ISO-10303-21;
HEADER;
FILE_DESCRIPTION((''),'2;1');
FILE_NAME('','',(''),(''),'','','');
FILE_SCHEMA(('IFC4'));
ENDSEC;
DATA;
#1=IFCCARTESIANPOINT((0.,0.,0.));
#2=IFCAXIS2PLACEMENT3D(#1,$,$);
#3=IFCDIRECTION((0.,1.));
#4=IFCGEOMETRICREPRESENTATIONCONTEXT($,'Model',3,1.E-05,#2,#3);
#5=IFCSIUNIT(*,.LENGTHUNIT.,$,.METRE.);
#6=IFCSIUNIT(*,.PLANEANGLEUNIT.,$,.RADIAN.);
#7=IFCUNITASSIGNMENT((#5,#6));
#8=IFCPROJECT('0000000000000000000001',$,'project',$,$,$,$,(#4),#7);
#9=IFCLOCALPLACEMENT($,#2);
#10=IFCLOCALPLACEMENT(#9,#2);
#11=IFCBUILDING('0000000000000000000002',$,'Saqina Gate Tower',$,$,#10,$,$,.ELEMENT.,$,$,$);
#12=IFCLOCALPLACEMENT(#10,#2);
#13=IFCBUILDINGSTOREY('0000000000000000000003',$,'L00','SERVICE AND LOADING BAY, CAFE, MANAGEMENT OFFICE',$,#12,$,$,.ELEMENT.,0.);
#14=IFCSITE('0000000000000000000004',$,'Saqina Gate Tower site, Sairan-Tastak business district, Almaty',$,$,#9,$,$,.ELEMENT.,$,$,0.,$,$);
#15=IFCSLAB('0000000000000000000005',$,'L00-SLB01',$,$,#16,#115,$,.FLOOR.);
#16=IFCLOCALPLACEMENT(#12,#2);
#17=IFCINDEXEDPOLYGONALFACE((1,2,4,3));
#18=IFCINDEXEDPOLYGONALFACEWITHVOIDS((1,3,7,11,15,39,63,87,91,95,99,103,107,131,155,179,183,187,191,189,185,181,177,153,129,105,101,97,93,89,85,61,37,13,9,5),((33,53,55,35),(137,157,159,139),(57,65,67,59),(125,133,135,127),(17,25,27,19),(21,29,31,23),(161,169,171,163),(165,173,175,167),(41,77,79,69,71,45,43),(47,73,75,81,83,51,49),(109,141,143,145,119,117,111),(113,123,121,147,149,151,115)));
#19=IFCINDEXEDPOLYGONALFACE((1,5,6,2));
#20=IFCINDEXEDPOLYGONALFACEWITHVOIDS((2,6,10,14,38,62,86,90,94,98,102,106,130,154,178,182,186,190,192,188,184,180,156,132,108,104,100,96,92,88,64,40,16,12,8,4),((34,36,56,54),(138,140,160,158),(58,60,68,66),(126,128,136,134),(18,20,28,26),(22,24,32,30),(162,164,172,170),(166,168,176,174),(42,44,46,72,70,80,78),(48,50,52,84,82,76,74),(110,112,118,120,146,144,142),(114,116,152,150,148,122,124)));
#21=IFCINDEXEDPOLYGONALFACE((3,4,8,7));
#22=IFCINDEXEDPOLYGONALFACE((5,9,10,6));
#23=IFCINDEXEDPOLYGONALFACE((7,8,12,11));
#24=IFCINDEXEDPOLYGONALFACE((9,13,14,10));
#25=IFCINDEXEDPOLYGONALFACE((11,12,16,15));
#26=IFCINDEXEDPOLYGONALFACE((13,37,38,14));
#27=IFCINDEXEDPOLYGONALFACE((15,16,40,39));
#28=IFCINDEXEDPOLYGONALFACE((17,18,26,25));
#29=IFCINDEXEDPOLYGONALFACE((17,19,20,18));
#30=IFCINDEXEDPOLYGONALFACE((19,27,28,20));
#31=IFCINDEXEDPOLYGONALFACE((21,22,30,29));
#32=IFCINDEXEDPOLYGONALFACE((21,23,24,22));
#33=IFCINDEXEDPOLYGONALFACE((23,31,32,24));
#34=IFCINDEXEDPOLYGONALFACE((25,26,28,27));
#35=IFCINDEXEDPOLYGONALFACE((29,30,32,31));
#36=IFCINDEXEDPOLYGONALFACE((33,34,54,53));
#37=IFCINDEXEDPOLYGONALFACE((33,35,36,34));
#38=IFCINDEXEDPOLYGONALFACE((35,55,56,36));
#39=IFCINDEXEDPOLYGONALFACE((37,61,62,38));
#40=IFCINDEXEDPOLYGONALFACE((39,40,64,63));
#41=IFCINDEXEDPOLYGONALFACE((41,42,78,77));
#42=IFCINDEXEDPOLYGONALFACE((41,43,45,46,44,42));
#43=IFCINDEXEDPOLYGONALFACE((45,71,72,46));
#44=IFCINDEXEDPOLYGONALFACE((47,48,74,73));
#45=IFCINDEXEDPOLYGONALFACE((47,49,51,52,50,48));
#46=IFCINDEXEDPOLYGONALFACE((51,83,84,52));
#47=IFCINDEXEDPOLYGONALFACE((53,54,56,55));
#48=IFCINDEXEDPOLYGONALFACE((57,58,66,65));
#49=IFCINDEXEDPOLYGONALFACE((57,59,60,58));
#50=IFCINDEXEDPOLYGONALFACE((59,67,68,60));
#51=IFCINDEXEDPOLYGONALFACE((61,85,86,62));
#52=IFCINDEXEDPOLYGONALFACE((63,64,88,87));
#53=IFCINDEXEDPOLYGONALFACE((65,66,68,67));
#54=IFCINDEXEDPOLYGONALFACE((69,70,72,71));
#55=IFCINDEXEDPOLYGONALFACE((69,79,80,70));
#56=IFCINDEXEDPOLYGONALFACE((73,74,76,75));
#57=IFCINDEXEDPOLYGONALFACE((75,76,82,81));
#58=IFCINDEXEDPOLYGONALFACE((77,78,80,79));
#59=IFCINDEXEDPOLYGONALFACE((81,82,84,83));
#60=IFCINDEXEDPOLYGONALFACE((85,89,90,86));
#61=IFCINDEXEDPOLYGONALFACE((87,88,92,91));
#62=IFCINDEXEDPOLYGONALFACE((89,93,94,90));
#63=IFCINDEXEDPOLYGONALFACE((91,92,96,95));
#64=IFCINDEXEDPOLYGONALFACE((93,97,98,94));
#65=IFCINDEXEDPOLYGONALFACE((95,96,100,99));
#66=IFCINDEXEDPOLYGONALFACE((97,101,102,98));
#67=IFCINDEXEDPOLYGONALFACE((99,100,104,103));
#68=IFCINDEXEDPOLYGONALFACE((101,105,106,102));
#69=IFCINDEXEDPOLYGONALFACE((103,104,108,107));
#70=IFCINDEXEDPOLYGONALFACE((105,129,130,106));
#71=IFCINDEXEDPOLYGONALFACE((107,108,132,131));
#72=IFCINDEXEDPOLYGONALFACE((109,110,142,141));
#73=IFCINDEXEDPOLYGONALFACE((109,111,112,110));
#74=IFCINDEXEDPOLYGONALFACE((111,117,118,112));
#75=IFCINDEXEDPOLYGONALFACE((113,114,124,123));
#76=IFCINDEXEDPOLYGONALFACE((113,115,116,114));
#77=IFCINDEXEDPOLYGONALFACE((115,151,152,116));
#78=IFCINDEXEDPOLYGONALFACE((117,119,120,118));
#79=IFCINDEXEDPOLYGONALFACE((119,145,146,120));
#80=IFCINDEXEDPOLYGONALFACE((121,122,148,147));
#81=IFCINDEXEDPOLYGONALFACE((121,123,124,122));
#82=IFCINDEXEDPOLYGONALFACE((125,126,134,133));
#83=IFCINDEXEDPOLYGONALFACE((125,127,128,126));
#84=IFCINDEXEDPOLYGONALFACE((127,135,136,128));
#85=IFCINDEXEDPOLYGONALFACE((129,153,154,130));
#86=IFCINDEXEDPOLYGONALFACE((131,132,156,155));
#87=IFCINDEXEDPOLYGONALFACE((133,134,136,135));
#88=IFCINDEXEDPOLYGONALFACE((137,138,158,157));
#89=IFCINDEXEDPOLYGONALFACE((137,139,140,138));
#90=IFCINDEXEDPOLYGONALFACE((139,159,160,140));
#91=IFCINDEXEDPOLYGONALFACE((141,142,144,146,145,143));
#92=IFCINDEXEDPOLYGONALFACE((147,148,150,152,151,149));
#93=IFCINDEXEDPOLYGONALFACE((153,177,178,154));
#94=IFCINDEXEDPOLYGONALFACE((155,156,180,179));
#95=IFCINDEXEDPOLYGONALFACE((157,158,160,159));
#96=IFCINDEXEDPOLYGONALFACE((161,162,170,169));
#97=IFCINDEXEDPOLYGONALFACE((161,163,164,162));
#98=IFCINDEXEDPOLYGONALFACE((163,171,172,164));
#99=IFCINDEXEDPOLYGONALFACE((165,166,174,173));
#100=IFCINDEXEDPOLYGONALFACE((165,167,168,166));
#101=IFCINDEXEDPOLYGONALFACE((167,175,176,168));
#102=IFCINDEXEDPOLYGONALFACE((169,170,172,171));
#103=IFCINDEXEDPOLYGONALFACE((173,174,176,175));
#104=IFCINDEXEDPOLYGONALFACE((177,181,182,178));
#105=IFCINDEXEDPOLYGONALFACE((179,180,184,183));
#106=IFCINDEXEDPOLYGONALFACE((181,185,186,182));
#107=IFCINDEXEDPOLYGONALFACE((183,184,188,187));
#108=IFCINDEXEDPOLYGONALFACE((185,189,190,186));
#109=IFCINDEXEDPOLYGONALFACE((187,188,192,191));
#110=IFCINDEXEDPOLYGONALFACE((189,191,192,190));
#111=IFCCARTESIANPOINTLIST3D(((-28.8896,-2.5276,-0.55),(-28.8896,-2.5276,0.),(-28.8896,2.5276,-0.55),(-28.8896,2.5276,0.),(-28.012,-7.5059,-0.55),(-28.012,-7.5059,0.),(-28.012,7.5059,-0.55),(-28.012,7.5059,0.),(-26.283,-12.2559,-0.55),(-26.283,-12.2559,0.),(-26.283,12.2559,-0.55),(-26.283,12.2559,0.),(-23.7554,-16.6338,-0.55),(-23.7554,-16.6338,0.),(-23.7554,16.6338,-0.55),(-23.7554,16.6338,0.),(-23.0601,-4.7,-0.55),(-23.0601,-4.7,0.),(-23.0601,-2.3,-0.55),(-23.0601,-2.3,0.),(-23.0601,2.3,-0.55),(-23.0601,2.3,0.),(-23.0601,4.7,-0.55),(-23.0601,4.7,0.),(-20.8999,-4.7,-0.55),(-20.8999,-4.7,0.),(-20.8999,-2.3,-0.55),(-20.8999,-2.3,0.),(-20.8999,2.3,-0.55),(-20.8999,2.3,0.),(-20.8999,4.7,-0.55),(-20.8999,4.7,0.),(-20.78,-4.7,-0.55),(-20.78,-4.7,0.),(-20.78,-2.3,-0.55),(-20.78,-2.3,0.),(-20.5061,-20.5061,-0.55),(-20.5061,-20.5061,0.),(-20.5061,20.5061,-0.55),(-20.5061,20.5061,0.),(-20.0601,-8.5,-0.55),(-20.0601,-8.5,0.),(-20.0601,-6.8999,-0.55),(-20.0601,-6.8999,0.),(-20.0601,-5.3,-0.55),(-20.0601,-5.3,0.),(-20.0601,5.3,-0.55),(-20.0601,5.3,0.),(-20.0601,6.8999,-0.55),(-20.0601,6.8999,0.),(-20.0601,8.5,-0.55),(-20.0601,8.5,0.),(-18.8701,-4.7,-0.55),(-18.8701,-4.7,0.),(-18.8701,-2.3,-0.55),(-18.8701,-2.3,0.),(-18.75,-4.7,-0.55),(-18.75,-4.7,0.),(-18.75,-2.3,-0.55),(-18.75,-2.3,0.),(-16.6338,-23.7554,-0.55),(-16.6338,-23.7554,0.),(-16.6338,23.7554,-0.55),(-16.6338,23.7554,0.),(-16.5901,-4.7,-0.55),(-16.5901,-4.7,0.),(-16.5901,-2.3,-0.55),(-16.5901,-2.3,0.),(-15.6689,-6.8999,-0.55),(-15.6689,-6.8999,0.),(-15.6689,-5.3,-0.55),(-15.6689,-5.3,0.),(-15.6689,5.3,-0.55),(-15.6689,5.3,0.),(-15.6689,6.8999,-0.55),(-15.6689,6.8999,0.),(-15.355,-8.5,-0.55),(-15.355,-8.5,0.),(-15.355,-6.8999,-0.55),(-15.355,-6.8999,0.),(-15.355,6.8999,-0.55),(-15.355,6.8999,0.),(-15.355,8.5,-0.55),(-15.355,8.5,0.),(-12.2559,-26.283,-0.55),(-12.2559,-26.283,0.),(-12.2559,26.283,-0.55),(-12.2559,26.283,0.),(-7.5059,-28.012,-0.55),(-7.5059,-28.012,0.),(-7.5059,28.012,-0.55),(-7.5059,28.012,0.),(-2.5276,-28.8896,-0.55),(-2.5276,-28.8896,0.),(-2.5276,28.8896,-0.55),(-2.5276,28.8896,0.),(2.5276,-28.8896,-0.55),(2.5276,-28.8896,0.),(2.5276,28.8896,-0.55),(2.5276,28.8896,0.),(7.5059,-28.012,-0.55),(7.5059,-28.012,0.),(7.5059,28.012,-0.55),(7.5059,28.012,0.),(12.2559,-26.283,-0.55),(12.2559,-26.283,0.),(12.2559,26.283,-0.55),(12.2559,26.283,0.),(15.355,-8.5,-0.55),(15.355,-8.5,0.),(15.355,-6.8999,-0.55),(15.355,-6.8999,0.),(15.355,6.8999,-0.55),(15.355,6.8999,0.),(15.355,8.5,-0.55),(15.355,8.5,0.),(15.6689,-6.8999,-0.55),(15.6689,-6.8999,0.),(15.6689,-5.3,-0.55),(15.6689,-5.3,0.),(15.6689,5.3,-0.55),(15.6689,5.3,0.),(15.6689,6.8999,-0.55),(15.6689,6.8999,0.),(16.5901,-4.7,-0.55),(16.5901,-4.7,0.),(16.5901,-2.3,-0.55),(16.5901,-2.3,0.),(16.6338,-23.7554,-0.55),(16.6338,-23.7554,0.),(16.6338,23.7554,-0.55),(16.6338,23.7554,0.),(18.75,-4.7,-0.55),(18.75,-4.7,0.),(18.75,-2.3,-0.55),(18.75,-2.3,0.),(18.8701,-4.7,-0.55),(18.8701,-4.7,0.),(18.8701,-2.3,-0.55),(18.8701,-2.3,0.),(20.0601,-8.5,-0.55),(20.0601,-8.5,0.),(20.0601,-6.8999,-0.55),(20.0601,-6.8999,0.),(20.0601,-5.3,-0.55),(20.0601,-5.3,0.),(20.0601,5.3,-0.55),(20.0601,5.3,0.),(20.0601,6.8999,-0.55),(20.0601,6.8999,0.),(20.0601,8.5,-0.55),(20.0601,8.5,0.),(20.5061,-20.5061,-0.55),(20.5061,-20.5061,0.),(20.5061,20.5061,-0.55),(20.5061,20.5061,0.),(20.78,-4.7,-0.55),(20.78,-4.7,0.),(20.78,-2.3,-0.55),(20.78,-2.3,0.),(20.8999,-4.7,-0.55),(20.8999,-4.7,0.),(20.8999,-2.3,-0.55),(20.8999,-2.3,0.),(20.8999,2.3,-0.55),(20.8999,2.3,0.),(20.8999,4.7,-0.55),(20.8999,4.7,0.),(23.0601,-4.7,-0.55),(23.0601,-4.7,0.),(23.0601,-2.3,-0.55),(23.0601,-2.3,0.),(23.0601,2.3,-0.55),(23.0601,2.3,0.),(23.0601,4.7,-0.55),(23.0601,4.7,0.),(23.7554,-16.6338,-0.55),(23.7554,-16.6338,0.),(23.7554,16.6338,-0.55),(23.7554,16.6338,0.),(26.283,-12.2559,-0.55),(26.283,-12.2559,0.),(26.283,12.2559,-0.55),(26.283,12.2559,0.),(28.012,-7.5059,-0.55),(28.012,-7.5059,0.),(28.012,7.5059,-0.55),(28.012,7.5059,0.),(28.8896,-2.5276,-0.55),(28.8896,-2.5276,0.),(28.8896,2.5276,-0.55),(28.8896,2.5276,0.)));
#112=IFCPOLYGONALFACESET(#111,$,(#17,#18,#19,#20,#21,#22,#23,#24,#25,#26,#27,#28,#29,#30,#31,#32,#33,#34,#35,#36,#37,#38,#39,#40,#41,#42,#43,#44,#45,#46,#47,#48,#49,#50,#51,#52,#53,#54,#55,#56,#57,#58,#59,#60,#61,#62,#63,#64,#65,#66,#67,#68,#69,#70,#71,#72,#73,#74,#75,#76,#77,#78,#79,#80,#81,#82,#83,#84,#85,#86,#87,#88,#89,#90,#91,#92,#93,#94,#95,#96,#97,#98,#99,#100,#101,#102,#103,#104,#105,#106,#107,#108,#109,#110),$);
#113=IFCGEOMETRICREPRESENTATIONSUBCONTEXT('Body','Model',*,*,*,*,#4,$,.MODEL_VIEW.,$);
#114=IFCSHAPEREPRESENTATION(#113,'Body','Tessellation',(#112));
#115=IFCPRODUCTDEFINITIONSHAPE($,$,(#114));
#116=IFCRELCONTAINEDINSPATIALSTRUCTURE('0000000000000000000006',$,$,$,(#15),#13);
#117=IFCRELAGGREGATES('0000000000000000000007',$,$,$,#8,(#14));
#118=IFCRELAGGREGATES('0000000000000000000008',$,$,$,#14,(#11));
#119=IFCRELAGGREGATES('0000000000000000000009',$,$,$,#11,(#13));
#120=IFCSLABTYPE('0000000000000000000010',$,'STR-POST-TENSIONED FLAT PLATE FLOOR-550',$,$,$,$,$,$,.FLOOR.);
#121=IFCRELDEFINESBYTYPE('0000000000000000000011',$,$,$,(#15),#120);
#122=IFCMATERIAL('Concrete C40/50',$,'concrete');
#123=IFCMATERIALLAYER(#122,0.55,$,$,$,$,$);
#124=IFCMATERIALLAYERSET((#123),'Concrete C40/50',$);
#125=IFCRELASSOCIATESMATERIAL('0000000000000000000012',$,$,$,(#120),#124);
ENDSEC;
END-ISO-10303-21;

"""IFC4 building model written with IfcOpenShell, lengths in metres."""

from ifc_helpers import new_model, si_unit, direction, frame, origin, place, context, subcontext, project, spatial, polyline, outline, extrude, material, layer, layer_set, type_object, element, save


model = new_model("IFC4")

# Units and contexts
model_context = context("Model", 3, precision=1e-05, world=origin(), true_north=direction((0.0, 1.0)))
body_context = subcontext(model_context, "Body", "Model", "MODEL_VIEW")
ifc_project = project(units=[si_unit("LENGTHUNIT", "METRE"), si_unit("PLANEANGLEUNIT", "RADIAN")], contexts=[model_context])

# Site, building, storey
site_placement = place(None, origin())
site = spatial("IfcSite", under=ifc_project, at=site_placement, Name="Saqina Gate Tower site, Sairan-Tastak business district, Almaty", CompositionType="ELEMENT", RefElevation=0.0)
building_placement = place(site_placement, origin())
building = spatial("IfcBuilding", under=site, at=building_placement, Name="Saqina Gate Tower", CompositionType="ELEMENT")
storey_placement = place(building_placement, origin())
storey = spatial("IfcBuildingStorey", under=building, at=storey_placement, Name="L00", Description="SERVICE AND LOADING BAY, CAFE, MANAGEMENT OFFICE", CompositionType="ELEMENT", Elevation=0.0)

# Slab
ifc_material_1 = material(Name="Concrete C40/50", Category="concrete")
ifc_layer_1 = layer(ifc_material_1, 0.55)
ifc_layer_set_1 = layer_set([ifc_layer_1], Name="Concrete C40/50")
slab_type_1 = type_object("IfcSlabType", Name="STR-POST-TENSIONED FLAT PLATE FLOOR-550", PredefinedType="FLOOR", material=ifc_layer_set_1)
slab_1_placement = place(storey_placement, frame((0.0, 0.0, -0.55)))
element("IfcSlab", 1, at=slab_1_placement, inside=storey, type_object=slab_type_1, Name="L00-SLB01", PredefinedType="FLOOR", context=body_context, shape_type="SweptSolid", body=[
    extrude(outline(polyline([(28.8896, -2.5276), (28.8896, 2.5276), (28.012, 7.5059), (26.283, 12.2559), (23.7554, 16.6338), (20.5061, 20.5061), (16.6338, 23.7554), (12.2559, 26.283), (7.5059, 28.012), (2.5276, 28.8896), (-2.5276, 28.8896), (-7.5059, 28.012), (-12.2559, 26.283), (-16.6338, 23.7554), (-20.5061, 20.5061), (-23.7554, 16.6338), (-26.283, 12.2559), (-28.012, 7.5059), (-28.8896, 2.5276), (-28.8896, -2.5276), (-28.012, -7.5059), (-26.283, -12.2559), (-23.7554, -16.6338), (-20.5061, -20.5061), (-16.6338, -23.7554), (-12.2559, -26.283), (-7.5059, -28.012), (-2.5276, -28.8896), (2.5276, -28.8896), (7.5059, -28.012), (12.2559, -26.283), (16.6338, -23.7554), (20.5061, -20.5061), (23.7554, -16.6338), (26.283, -12.2559), (28.012, -7.5059), (28.8896, -2.5276)]), holes=[polyline([(-20.0601, -8.5), (-20.0601, -6.8999), (-20.0601, -5.3), (-15.6689, -5.3), (-15.6689, -6.8999), (-15.355, -6.8999), (-15.355, -8.5), (-20.0601, -8.5)]), polyline([(-20.8999, -2.3), (-20.8999, -4.7), (-23.0601, -4.7), (-23.0601, -2.3), (-20.8999, -2.3)]), polyline([(-18.8701, -2.3), (-18.8701, -4.7), (-20.78, -4.7), (-20.78, -2.3), (-18.8701, -2.3)]), polyline([(-16.5901, -2.3), (-16.5901, -4.7), (-18.75, -4.7), (-18.75, -2.3), (-16.5901, -2.3)]), polyline([(-20.8999, 4.7), (-20.8999, 2.3), (-23.0601, 2.3), (-23.0601, 4.7), (-20.8999, 4.7)]), polyline([(-20.0601, 6.8999), (-20.0601, 8.5), (-15.355, 8.5), (-15.355, 6.8999), (-15.6689, 6.8999), (-15.6689, 5.3), (-20.0601, 5.3), (-20.0601, 6.8999)]), polyline([(15.355, -6.8999), (15.6689, -6.8999), (15.6689, -5.3), (20.0601, -5.3), (20.0601, -6.8999), (20.0601, -8.5), (15.355, -8.5), (15.355, -6.8999)]), polyline([(18.75, -2.3), (18.75, -4.7), (16.5901, -4.7), (16.5901, -2.3), (18.75, -2.3)]), polyline([(20.78, -2.3), (20.78, -4.7), (18.8701, -4.7), (18.8701, -2.3), (20.78, -2.3)]), polyline([(23.0601, -2.3), (23.0601, -4.7), (20.8999, -4.7), (20.8999, -2.3), (23.0601, -2.3)]), polyline([(23.0601, 4.7), (23.0601, 2.3), (20.8999, 2.3), (20.8999, 4.7), (23.0601, 4.7)]), polyline([(15.6689, 6.8999), (15.355, 6.8999), (15.355, 8.5), (20.0601, 8.5), (20.0601, 6.8999), (20.0601, 5.3), (15.6689, 5.3), (15.6689, 6.8999)])]), origin(), (0.0, 0.0, 1.0), 0.55),
])

save(model, "model.ifc")
